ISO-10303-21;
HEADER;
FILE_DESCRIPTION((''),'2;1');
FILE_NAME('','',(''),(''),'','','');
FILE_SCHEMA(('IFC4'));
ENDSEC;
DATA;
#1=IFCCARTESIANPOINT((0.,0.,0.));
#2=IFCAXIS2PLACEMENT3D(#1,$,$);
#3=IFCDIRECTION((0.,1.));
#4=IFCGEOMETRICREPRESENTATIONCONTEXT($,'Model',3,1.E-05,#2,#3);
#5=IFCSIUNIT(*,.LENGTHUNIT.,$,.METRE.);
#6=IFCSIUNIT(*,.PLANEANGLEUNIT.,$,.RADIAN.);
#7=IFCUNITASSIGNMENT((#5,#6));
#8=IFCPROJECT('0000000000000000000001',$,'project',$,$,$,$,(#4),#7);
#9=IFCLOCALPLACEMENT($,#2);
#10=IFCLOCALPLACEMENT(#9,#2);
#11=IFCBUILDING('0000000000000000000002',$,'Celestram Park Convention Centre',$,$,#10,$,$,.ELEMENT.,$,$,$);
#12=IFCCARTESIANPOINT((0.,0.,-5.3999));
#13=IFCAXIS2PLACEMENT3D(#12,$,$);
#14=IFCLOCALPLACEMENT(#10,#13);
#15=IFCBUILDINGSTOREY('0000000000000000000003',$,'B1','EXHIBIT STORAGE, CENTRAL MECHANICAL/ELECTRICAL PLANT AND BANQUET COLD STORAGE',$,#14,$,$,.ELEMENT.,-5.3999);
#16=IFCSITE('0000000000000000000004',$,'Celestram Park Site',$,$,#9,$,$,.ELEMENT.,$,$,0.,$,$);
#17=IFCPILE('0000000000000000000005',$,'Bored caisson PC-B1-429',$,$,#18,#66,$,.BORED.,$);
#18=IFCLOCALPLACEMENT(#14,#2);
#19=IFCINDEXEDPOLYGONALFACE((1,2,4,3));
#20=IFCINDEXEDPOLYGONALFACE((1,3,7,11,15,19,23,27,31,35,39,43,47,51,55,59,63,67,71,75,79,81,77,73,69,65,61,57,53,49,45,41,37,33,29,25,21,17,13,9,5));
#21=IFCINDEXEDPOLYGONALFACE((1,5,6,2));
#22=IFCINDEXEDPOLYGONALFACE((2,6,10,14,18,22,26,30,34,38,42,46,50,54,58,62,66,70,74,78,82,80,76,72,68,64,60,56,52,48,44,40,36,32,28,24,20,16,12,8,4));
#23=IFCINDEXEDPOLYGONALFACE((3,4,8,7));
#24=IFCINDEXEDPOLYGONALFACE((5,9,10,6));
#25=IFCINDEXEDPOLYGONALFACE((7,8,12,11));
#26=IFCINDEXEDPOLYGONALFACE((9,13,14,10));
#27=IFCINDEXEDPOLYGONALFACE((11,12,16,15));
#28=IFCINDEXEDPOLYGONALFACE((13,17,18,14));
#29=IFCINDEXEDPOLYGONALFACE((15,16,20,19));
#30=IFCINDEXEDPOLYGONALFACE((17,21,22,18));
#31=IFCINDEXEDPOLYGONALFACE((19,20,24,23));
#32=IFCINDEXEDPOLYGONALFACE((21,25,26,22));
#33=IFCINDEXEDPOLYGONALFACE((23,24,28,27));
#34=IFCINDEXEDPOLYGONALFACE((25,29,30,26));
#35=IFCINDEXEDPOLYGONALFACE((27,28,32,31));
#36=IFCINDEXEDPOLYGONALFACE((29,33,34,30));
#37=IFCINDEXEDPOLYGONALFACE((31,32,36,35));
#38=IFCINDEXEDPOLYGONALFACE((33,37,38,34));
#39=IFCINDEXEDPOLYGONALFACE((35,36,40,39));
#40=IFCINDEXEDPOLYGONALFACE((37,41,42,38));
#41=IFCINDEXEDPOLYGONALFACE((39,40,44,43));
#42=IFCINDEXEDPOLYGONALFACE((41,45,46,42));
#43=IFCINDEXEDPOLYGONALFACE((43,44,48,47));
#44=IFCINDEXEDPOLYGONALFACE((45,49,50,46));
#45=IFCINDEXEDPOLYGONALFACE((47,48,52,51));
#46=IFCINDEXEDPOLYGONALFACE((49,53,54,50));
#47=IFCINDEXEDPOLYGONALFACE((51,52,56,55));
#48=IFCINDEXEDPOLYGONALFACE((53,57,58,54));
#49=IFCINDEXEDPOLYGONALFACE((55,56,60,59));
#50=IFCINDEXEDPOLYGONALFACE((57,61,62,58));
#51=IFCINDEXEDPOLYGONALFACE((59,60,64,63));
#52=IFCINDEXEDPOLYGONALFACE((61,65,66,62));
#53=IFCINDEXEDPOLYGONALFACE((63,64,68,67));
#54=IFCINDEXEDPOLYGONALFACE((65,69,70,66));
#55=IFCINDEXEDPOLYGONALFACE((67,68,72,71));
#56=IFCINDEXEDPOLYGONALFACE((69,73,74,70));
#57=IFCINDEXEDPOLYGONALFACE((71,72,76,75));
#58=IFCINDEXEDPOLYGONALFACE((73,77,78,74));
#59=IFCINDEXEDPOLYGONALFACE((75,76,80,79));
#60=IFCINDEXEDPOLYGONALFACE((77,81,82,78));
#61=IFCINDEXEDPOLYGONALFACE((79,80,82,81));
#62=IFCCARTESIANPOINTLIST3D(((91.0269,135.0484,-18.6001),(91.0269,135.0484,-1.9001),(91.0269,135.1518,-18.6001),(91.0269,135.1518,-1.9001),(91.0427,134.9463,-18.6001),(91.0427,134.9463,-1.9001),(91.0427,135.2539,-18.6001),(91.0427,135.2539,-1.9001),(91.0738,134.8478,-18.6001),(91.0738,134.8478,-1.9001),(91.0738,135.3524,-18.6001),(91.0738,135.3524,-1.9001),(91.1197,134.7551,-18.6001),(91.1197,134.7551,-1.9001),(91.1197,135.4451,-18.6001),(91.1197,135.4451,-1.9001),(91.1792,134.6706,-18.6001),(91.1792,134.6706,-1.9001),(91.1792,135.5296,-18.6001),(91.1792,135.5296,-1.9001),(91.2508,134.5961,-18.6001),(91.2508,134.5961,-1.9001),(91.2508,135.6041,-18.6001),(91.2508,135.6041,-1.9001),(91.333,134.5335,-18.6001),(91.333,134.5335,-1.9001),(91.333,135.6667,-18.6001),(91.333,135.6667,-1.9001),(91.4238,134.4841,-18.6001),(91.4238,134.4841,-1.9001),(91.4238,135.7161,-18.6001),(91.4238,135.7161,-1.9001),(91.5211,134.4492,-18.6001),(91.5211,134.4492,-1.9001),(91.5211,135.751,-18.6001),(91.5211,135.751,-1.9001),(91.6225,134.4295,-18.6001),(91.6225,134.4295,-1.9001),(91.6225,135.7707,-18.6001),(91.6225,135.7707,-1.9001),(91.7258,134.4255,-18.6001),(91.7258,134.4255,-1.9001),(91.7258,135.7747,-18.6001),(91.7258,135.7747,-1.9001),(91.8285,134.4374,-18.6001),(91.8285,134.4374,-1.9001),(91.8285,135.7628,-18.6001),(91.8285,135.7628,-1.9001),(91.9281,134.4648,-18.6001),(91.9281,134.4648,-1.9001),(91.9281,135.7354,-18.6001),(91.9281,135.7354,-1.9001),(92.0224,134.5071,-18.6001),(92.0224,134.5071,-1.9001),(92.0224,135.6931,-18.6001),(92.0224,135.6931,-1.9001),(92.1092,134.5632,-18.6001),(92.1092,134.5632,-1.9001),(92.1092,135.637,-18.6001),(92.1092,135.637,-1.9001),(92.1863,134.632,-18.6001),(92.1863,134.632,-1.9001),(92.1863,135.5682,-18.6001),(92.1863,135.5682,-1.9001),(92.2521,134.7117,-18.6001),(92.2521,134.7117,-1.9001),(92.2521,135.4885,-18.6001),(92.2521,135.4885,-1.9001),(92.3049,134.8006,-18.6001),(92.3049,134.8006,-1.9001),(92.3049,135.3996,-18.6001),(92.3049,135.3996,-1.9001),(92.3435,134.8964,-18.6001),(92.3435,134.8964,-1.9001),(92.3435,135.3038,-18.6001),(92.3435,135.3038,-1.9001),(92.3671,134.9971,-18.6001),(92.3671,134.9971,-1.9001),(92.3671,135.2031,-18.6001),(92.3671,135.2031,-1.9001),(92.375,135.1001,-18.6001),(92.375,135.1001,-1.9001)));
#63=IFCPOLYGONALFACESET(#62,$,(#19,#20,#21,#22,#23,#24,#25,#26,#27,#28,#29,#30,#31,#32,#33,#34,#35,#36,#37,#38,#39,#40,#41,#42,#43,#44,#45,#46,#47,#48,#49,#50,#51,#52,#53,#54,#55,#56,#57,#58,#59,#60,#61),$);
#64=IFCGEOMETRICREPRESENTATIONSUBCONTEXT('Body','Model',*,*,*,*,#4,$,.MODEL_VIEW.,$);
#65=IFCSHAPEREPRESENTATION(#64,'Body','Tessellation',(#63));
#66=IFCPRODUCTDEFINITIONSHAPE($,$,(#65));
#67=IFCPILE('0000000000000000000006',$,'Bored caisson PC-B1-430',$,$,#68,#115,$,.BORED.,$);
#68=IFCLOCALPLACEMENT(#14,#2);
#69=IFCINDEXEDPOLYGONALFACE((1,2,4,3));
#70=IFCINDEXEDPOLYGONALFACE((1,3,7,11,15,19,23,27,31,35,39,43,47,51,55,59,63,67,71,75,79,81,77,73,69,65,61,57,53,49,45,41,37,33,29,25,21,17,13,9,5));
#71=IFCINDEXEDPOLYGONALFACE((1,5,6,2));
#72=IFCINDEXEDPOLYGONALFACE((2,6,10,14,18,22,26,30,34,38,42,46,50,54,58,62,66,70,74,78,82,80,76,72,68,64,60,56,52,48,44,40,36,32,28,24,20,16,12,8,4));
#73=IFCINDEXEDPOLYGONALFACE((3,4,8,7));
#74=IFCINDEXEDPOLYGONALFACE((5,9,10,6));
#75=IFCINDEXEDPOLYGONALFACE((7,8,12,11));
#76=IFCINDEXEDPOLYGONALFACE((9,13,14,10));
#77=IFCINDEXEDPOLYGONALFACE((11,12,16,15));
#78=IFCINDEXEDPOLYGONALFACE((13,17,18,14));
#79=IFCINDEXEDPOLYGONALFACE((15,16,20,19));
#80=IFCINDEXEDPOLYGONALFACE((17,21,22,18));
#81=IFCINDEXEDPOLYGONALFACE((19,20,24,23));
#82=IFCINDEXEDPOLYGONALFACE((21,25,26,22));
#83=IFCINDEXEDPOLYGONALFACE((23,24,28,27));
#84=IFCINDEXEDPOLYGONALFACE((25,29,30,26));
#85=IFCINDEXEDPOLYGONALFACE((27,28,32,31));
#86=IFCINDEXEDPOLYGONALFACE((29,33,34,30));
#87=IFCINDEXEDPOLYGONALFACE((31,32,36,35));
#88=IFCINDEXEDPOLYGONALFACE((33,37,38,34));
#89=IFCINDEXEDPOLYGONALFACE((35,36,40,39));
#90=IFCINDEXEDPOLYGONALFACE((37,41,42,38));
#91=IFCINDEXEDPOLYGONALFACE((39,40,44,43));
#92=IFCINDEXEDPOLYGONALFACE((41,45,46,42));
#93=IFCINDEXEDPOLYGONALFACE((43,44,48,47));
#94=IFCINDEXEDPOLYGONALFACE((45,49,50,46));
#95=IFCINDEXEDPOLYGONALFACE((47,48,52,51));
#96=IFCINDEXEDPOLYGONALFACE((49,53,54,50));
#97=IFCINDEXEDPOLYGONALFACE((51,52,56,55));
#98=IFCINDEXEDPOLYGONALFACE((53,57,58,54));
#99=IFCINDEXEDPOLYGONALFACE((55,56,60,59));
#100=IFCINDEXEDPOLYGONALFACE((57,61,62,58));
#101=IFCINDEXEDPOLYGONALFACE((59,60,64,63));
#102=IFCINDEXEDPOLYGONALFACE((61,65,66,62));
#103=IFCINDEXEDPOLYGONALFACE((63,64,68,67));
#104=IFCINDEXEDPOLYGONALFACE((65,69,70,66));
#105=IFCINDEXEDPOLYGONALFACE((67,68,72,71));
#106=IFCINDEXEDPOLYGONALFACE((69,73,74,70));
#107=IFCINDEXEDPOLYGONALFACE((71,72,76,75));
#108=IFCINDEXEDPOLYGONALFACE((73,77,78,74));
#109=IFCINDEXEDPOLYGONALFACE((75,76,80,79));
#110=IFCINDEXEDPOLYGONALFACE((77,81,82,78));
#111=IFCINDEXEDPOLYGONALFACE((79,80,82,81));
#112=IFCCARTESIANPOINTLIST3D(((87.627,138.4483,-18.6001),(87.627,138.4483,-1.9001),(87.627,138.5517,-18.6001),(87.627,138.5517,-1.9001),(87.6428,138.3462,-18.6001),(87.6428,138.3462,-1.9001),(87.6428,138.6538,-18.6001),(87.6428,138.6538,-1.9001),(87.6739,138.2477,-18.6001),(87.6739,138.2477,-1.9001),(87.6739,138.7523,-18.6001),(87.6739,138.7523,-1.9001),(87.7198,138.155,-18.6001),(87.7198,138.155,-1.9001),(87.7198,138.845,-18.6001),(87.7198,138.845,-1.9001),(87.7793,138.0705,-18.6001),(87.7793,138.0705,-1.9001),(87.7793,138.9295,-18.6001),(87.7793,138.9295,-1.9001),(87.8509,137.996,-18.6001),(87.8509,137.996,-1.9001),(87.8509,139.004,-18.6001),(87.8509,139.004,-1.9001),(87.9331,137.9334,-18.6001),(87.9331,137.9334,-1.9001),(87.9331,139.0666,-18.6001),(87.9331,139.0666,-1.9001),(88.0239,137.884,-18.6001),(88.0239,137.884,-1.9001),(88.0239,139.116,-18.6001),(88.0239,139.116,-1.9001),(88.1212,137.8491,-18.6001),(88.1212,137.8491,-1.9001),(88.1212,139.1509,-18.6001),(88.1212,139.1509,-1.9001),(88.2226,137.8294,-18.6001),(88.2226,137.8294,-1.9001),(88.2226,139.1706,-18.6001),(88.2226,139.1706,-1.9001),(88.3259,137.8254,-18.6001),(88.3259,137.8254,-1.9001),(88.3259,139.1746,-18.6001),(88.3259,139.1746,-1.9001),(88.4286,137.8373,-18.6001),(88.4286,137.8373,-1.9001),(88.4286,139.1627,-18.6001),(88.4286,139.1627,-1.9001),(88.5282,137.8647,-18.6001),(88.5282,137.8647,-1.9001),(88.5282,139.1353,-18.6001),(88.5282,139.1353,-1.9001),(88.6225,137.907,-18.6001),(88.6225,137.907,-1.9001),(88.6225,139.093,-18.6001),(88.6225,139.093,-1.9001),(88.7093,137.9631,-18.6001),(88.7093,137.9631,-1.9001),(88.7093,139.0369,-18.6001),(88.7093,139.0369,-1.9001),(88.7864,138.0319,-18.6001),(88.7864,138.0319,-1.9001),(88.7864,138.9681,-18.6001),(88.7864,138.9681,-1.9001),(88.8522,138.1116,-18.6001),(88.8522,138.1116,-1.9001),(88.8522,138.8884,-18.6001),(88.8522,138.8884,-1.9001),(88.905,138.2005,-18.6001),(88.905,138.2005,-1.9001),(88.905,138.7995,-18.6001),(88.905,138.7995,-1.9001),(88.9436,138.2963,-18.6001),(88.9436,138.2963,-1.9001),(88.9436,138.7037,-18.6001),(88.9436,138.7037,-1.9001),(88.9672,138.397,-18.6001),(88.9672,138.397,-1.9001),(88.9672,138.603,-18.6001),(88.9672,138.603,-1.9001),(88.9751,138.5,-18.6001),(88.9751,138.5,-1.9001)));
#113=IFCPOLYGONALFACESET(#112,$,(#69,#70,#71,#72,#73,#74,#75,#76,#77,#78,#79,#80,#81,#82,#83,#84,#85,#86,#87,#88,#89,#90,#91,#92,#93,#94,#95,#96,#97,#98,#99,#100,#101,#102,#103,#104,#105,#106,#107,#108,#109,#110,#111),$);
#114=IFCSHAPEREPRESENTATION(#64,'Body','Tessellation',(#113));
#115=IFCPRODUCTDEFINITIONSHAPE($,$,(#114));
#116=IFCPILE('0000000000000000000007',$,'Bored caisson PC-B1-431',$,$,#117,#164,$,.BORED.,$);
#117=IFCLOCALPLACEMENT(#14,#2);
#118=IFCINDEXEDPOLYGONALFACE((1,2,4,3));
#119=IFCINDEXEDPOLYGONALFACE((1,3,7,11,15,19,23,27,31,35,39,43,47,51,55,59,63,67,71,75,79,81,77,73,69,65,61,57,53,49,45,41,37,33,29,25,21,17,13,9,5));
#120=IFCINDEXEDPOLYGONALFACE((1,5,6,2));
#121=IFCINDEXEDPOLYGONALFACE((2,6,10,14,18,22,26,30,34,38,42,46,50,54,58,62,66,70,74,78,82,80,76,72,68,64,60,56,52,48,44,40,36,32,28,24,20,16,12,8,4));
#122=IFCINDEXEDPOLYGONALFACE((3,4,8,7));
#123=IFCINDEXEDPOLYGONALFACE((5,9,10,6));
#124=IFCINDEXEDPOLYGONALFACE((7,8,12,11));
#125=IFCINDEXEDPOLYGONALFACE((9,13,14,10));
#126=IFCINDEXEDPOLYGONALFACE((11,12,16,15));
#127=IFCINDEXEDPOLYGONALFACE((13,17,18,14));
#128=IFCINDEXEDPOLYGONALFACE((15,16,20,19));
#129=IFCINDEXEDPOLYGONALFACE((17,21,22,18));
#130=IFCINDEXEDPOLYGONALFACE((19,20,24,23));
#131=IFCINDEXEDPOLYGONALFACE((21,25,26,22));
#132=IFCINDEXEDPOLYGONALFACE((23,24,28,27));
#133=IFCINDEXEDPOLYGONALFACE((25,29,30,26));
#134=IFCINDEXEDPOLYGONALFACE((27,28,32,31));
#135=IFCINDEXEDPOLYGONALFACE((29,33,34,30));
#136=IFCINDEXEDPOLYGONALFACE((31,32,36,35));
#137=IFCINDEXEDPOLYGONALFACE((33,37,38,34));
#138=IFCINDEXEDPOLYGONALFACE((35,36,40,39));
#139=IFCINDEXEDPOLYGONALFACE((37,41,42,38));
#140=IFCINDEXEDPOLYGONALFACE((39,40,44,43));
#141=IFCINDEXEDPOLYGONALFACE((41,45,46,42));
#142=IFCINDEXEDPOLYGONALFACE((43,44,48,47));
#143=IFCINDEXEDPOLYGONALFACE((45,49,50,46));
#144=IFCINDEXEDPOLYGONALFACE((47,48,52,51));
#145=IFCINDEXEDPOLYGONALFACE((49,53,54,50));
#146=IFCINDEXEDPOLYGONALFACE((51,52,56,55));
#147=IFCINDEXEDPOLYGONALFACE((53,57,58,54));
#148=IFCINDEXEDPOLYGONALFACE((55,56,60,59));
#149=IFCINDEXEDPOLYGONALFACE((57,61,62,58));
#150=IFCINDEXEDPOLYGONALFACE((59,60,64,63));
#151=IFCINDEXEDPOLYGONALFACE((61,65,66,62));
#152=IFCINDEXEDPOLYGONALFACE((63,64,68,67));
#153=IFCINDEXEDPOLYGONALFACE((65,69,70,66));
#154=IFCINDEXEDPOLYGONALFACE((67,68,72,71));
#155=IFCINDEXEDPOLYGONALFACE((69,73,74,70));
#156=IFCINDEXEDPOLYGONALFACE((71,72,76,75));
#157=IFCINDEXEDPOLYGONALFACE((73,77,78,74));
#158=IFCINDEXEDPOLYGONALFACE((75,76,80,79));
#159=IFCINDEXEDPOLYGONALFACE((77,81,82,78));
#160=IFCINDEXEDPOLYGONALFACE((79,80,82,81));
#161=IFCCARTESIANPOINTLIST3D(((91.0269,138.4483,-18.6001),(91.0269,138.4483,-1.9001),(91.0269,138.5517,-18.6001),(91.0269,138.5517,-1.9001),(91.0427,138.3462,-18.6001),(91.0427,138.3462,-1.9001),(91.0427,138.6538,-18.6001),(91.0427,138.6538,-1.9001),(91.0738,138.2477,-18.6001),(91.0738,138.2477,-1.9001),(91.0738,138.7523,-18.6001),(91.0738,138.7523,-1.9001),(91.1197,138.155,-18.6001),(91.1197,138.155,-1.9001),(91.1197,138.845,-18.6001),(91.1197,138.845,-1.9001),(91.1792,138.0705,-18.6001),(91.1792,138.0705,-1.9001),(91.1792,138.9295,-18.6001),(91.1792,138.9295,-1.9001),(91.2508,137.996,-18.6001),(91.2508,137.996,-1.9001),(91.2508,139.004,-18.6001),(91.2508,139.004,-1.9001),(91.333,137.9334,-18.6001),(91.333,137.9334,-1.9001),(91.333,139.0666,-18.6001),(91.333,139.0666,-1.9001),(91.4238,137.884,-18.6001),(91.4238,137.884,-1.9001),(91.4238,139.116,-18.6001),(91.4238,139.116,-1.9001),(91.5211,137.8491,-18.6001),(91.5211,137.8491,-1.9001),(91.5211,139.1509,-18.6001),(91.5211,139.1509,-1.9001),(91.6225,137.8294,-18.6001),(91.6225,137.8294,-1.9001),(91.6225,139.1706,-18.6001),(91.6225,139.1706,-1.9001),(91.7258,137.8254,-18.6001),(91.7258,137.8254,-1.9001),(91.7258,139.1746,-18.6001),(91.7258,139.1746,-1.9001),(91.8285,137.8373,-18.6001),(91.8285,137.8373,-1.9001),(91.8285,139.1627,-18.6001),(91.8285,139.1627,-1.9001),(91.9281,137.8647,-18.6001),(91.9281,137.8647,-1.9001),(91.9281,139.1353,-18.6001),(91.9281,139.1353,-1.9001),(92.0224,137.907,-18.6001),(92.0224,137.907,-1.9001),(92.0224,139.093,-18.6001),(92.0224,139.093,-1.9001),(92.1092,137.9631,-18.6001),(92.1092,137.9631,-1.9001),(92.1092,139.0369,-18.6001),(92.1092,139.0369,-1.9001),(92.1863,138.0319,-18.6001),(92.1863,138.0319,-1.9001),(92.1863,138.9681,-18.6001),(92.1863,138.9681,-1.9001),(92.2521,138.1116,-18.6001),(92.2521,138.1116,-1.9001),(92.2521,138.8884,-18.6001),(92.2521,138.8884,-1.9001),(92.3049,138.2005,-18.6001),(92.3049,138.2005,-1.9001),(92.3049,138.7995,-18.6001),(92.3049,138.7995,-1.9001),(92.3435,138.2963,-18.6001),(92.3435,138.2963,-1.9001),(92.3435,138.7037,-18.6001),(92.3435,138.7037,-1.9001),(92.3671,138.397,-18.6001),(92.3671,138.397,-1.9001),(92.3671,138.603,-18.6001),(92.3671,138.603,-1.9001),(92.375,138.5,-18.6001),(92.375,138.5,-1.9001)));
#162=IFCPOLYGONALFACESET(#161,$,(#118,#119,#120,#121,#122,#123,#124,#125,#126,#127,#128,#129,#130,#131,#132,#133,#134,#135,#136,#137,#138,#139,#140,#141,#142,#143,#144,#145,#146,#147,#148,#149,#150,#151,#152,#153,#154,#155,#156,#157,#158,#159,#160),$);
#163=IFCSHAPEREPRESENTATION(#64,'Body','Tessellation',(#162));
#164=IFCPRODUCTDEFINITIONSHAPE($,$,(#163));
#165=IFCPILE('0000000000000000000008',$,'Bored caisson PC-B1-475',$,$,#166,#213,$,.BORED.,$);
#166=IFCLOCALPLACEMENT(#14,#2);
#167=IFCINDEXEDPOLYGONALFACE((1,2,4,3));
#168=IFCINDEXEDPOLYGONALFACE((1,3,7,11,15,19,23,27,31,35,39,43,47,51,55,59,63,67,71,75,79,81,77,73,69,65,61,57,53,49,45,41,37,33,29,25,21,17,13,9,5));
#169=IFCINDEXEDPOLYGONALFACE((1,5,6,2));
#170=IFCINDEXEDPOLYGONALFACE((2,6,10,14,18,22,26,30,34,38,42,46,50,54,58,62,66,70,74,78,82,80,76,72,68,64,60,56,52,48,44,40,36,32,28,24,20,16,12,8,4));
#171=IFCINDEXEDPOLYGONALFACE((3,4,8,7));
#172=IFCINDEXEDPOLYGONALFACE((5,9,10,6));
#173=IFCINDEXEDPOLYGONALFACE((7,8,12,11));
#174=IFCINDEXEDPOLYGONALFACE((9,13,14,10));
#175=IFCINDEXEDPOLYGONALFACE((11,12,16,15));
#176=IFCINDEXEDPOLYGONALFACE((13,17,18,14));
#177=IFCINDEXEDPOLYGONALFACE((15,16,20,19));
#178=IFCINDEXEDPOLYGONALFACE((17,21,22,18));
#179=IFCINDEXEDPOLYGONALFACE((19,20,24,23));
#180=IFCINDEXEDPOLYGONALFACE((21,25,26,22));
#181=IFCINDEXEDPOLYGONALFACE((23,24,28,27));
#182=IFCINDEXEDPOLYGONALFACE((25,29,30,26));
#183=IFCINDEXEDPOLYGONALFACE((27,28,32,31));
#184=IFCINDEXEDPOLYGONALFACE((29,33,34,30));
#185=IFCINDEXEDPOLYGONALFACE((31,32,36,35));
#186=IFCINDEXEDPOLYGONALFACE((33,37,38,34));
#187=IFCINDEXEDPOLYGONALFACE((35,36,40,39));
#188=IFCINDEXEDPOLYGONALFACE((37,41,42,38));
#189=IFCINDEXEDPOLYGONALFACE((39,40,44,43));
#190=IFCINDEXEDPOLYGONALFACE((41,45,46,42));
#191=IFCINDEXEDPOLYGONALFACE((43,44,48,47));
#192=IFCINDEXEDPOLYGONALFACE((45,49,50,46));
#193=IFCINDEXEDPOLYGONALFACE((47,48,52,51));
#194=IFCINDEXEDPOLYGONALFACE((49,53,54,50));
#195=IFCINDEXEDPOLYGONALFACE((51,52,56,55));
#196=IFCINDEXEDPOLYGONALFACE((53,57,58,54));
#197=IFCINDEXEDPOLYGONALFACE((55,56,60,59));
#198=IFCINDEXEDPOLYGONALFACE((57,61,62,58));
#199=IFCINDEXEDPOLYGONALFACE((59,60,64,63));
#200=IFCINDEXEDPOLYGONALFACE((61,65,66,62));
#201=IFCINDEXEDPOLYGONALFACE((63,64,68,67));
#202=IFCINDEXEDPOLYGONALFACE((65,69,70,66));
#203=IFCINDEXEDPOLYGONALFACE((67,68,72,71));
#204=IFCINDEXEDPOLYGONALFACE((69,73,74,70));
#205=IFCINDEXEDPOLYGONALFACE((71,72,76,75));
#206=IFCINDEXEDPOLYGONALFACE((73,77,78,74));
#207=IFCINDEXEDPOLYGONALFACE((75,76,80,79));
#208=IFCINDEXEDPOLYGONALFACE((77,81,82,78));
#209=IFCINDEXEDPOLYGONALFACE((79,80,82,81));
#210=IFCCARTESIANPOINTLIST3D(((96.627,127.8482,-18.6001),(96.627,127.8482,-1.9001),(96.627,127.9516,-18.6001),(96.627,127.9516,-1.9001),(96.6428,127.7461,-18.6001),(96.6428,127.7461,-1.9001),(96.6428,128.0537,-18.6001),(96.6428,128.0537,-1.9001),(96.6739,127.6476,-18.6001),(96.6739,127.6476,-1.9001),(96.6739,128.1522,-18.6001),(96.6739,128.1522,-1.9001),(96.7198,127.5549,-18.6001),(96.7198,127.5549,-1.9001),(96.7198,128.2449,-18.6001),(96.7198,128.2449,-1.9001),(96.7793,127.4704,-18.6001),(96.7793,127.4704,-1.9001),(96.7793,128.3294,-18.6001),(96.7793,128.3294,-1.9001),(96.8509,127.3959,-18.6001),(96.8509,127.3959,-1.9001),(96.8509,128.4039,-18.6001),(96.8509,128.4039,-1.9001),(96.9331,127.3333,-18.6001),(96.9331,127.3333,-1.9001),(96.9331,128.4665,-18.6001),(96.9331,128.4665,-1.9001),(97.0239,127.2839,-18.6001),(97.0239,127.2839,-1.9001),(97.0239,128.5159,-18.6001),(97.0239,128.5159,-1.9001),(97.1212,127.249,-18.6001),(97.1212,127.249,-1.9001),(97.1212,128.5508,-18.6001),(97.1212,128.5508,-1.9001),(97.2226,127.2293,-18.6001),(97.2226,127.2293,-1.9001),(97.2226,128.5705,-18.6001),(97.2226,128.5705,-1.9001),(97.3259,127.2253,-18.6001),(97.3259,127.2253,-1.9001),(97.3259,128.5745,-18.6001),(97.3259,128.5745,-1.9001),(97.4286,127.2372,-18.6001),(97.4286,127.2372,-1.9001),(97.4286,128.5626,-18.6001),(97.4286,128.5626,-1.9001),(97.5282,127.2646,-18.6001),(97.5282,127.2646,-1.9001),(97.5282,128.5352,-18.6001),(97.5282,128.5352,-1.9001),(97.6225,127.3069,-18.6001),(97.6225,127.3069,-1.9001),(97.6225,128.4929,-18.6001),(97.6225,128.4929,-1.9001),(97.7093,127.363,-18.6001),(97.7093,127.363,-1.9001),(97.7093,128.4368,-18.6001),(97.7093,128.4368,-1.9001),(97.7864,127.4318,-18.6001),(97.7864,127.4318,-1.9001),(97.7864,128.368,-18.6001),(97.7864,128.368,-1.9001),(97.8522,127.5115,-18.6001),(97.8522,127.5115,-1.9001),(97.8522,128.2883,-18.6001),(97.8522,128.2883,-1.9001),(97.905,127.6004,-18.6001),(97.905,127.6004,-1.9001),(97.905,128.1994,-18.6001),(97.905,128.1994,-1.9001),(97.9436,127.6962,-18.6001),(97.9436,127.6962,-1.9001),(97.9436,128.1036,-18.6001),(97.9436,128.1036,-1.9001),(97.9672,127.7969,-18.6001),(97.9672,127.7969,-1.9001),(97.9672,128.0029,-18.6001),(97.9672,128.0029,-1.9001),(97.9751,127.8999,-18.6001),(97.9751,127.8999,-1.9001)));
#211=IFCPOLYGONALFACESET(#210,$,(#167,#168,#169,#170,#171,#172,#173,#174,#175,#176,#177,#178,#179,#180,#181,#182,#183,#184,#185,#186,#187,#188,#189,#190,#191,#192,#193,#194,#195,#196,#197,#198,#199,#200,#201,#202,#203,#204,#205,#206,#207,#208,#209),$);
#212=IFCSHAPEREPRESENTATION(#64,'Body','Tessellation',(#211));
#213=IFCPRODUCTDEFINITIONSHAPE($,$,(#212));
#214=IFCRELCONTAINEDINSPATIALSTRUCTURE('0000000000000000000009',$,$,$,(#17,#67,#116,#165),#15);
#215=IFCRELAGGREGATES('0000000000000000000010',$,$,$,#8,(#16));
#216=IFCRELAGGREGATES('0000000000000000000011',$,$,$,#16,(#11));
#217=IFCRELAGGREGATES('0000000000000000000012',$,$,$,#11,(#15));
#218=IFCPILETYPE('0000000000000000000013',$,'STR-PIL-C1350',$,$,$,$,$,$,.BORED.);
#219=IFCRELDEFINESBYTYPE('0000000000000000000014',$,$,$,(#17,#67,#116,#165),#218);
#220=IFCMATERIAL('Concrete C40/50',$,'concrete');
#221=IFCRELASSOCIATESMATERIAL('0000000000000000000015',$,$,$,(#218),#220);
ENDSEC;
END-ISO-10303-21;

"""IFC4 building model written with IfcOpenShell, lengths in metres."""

from ifc_helpers import new_model, si_unit, direction, frame, origin, origin_2d, place, context, subcontext, project, spatial, circle, extrude, material, material_profile, profile_set, type_object, element, save


model = new_model("IFC4")

# Units and contexts
model_context = context("Model", 3, precision=1e-05, world=origin(), true_north=direction((0.0, 1.0)))
body_context = subcontext(model_context, "Body", "Model", "MODEL_VIEW")
ifc_project = project(units=[si_unit("LENGTHUNIT", "METRE"), si_unit("PLANEANGLEUNIT", "RADIAN")], contexts=[model_context])

# Site, building, storey
site_placement = place(None, origin())
site = spatial("IfcSite", under=ifc_project, at=site_placement, Name="Celestram Park Site", CompositionType="ELEMENT", RefElevation=0.0)
building_placement = place(site_placement, origin())
building = spatial("IfcBuilding", under=site, at=building_placement, Name="Celestram Park Convention Centre", CompositionType="ELEMENT")
storey_placement = place(building_placement, frame((0.0, 0.0, -5.3999)))
storey = spatial("IfcBuildingStorey", under=building, at=storey_placement, Name="B1", Description="EXHIBIT STORAGE, CENTRAL MECHANICAL/ELECTRICAL PLANT AND BANQUET COLD STORAGE", CompositionType="ELEMENT", Elevation=-5.3999)

# Shared definitions
ifc_material_1 = material(Name="Concrete C40/50", Category="concrete")

# Piles
ifc_material_profile_1 = material_profile(ifc_material_1, circle(Radius=0.675, at=origin_2d()), Name="CAISSON1350")
ifc_profile_set_1 = profile_set([ifc_material_profile_1], Name="Concrete C40/50")
pile_type_1 = type_object("IfcPileType", Name="STR-PIL-C1350", PredefinedType="BORED", material=ifc_profile_set_1)
for number, where, z_axis, x_axis, name in (
    (1, (91.7, 135.1001, -1.9001), (0.0, 0.0, -1.0), (1.0, 0.0, 0.0), "Bored caisson PC-B1-429"),
    (2, (88.3, 138.5, -1.9001), (0.0, 0.0, -1.0), (1.0, 0.0, 0.0), "Bored caisson PC-B1-430"),
    (3, (91.7, 138.5, -1.9001), (0.0, 0.0, -1.0), (1.0, 0.0, 0.0), "Bored caisson PC-B1-431"),
    (4, (97.3, 127.8999, -1.9001), (0.0, 0.0, -1.0), (1.0, 0.0, 0.0), "Bored caisson PC-B1-475"),
):
    element("IfcPile", number, at=place(storey_placement, frame(where, z_axis=z_axis, x_axis=x_axis)), inside=storey, type_object=pile_type_1, Name=name, PredefinedType="BORED", context=body_context, shape_type="SweptSolid", body=[
        extrude(circle(Radius=0.675, at=origin_2d()), origin(), (0.0, 0.0, 1.0), 16.7),
    ])

save(model, "model.ifc")
